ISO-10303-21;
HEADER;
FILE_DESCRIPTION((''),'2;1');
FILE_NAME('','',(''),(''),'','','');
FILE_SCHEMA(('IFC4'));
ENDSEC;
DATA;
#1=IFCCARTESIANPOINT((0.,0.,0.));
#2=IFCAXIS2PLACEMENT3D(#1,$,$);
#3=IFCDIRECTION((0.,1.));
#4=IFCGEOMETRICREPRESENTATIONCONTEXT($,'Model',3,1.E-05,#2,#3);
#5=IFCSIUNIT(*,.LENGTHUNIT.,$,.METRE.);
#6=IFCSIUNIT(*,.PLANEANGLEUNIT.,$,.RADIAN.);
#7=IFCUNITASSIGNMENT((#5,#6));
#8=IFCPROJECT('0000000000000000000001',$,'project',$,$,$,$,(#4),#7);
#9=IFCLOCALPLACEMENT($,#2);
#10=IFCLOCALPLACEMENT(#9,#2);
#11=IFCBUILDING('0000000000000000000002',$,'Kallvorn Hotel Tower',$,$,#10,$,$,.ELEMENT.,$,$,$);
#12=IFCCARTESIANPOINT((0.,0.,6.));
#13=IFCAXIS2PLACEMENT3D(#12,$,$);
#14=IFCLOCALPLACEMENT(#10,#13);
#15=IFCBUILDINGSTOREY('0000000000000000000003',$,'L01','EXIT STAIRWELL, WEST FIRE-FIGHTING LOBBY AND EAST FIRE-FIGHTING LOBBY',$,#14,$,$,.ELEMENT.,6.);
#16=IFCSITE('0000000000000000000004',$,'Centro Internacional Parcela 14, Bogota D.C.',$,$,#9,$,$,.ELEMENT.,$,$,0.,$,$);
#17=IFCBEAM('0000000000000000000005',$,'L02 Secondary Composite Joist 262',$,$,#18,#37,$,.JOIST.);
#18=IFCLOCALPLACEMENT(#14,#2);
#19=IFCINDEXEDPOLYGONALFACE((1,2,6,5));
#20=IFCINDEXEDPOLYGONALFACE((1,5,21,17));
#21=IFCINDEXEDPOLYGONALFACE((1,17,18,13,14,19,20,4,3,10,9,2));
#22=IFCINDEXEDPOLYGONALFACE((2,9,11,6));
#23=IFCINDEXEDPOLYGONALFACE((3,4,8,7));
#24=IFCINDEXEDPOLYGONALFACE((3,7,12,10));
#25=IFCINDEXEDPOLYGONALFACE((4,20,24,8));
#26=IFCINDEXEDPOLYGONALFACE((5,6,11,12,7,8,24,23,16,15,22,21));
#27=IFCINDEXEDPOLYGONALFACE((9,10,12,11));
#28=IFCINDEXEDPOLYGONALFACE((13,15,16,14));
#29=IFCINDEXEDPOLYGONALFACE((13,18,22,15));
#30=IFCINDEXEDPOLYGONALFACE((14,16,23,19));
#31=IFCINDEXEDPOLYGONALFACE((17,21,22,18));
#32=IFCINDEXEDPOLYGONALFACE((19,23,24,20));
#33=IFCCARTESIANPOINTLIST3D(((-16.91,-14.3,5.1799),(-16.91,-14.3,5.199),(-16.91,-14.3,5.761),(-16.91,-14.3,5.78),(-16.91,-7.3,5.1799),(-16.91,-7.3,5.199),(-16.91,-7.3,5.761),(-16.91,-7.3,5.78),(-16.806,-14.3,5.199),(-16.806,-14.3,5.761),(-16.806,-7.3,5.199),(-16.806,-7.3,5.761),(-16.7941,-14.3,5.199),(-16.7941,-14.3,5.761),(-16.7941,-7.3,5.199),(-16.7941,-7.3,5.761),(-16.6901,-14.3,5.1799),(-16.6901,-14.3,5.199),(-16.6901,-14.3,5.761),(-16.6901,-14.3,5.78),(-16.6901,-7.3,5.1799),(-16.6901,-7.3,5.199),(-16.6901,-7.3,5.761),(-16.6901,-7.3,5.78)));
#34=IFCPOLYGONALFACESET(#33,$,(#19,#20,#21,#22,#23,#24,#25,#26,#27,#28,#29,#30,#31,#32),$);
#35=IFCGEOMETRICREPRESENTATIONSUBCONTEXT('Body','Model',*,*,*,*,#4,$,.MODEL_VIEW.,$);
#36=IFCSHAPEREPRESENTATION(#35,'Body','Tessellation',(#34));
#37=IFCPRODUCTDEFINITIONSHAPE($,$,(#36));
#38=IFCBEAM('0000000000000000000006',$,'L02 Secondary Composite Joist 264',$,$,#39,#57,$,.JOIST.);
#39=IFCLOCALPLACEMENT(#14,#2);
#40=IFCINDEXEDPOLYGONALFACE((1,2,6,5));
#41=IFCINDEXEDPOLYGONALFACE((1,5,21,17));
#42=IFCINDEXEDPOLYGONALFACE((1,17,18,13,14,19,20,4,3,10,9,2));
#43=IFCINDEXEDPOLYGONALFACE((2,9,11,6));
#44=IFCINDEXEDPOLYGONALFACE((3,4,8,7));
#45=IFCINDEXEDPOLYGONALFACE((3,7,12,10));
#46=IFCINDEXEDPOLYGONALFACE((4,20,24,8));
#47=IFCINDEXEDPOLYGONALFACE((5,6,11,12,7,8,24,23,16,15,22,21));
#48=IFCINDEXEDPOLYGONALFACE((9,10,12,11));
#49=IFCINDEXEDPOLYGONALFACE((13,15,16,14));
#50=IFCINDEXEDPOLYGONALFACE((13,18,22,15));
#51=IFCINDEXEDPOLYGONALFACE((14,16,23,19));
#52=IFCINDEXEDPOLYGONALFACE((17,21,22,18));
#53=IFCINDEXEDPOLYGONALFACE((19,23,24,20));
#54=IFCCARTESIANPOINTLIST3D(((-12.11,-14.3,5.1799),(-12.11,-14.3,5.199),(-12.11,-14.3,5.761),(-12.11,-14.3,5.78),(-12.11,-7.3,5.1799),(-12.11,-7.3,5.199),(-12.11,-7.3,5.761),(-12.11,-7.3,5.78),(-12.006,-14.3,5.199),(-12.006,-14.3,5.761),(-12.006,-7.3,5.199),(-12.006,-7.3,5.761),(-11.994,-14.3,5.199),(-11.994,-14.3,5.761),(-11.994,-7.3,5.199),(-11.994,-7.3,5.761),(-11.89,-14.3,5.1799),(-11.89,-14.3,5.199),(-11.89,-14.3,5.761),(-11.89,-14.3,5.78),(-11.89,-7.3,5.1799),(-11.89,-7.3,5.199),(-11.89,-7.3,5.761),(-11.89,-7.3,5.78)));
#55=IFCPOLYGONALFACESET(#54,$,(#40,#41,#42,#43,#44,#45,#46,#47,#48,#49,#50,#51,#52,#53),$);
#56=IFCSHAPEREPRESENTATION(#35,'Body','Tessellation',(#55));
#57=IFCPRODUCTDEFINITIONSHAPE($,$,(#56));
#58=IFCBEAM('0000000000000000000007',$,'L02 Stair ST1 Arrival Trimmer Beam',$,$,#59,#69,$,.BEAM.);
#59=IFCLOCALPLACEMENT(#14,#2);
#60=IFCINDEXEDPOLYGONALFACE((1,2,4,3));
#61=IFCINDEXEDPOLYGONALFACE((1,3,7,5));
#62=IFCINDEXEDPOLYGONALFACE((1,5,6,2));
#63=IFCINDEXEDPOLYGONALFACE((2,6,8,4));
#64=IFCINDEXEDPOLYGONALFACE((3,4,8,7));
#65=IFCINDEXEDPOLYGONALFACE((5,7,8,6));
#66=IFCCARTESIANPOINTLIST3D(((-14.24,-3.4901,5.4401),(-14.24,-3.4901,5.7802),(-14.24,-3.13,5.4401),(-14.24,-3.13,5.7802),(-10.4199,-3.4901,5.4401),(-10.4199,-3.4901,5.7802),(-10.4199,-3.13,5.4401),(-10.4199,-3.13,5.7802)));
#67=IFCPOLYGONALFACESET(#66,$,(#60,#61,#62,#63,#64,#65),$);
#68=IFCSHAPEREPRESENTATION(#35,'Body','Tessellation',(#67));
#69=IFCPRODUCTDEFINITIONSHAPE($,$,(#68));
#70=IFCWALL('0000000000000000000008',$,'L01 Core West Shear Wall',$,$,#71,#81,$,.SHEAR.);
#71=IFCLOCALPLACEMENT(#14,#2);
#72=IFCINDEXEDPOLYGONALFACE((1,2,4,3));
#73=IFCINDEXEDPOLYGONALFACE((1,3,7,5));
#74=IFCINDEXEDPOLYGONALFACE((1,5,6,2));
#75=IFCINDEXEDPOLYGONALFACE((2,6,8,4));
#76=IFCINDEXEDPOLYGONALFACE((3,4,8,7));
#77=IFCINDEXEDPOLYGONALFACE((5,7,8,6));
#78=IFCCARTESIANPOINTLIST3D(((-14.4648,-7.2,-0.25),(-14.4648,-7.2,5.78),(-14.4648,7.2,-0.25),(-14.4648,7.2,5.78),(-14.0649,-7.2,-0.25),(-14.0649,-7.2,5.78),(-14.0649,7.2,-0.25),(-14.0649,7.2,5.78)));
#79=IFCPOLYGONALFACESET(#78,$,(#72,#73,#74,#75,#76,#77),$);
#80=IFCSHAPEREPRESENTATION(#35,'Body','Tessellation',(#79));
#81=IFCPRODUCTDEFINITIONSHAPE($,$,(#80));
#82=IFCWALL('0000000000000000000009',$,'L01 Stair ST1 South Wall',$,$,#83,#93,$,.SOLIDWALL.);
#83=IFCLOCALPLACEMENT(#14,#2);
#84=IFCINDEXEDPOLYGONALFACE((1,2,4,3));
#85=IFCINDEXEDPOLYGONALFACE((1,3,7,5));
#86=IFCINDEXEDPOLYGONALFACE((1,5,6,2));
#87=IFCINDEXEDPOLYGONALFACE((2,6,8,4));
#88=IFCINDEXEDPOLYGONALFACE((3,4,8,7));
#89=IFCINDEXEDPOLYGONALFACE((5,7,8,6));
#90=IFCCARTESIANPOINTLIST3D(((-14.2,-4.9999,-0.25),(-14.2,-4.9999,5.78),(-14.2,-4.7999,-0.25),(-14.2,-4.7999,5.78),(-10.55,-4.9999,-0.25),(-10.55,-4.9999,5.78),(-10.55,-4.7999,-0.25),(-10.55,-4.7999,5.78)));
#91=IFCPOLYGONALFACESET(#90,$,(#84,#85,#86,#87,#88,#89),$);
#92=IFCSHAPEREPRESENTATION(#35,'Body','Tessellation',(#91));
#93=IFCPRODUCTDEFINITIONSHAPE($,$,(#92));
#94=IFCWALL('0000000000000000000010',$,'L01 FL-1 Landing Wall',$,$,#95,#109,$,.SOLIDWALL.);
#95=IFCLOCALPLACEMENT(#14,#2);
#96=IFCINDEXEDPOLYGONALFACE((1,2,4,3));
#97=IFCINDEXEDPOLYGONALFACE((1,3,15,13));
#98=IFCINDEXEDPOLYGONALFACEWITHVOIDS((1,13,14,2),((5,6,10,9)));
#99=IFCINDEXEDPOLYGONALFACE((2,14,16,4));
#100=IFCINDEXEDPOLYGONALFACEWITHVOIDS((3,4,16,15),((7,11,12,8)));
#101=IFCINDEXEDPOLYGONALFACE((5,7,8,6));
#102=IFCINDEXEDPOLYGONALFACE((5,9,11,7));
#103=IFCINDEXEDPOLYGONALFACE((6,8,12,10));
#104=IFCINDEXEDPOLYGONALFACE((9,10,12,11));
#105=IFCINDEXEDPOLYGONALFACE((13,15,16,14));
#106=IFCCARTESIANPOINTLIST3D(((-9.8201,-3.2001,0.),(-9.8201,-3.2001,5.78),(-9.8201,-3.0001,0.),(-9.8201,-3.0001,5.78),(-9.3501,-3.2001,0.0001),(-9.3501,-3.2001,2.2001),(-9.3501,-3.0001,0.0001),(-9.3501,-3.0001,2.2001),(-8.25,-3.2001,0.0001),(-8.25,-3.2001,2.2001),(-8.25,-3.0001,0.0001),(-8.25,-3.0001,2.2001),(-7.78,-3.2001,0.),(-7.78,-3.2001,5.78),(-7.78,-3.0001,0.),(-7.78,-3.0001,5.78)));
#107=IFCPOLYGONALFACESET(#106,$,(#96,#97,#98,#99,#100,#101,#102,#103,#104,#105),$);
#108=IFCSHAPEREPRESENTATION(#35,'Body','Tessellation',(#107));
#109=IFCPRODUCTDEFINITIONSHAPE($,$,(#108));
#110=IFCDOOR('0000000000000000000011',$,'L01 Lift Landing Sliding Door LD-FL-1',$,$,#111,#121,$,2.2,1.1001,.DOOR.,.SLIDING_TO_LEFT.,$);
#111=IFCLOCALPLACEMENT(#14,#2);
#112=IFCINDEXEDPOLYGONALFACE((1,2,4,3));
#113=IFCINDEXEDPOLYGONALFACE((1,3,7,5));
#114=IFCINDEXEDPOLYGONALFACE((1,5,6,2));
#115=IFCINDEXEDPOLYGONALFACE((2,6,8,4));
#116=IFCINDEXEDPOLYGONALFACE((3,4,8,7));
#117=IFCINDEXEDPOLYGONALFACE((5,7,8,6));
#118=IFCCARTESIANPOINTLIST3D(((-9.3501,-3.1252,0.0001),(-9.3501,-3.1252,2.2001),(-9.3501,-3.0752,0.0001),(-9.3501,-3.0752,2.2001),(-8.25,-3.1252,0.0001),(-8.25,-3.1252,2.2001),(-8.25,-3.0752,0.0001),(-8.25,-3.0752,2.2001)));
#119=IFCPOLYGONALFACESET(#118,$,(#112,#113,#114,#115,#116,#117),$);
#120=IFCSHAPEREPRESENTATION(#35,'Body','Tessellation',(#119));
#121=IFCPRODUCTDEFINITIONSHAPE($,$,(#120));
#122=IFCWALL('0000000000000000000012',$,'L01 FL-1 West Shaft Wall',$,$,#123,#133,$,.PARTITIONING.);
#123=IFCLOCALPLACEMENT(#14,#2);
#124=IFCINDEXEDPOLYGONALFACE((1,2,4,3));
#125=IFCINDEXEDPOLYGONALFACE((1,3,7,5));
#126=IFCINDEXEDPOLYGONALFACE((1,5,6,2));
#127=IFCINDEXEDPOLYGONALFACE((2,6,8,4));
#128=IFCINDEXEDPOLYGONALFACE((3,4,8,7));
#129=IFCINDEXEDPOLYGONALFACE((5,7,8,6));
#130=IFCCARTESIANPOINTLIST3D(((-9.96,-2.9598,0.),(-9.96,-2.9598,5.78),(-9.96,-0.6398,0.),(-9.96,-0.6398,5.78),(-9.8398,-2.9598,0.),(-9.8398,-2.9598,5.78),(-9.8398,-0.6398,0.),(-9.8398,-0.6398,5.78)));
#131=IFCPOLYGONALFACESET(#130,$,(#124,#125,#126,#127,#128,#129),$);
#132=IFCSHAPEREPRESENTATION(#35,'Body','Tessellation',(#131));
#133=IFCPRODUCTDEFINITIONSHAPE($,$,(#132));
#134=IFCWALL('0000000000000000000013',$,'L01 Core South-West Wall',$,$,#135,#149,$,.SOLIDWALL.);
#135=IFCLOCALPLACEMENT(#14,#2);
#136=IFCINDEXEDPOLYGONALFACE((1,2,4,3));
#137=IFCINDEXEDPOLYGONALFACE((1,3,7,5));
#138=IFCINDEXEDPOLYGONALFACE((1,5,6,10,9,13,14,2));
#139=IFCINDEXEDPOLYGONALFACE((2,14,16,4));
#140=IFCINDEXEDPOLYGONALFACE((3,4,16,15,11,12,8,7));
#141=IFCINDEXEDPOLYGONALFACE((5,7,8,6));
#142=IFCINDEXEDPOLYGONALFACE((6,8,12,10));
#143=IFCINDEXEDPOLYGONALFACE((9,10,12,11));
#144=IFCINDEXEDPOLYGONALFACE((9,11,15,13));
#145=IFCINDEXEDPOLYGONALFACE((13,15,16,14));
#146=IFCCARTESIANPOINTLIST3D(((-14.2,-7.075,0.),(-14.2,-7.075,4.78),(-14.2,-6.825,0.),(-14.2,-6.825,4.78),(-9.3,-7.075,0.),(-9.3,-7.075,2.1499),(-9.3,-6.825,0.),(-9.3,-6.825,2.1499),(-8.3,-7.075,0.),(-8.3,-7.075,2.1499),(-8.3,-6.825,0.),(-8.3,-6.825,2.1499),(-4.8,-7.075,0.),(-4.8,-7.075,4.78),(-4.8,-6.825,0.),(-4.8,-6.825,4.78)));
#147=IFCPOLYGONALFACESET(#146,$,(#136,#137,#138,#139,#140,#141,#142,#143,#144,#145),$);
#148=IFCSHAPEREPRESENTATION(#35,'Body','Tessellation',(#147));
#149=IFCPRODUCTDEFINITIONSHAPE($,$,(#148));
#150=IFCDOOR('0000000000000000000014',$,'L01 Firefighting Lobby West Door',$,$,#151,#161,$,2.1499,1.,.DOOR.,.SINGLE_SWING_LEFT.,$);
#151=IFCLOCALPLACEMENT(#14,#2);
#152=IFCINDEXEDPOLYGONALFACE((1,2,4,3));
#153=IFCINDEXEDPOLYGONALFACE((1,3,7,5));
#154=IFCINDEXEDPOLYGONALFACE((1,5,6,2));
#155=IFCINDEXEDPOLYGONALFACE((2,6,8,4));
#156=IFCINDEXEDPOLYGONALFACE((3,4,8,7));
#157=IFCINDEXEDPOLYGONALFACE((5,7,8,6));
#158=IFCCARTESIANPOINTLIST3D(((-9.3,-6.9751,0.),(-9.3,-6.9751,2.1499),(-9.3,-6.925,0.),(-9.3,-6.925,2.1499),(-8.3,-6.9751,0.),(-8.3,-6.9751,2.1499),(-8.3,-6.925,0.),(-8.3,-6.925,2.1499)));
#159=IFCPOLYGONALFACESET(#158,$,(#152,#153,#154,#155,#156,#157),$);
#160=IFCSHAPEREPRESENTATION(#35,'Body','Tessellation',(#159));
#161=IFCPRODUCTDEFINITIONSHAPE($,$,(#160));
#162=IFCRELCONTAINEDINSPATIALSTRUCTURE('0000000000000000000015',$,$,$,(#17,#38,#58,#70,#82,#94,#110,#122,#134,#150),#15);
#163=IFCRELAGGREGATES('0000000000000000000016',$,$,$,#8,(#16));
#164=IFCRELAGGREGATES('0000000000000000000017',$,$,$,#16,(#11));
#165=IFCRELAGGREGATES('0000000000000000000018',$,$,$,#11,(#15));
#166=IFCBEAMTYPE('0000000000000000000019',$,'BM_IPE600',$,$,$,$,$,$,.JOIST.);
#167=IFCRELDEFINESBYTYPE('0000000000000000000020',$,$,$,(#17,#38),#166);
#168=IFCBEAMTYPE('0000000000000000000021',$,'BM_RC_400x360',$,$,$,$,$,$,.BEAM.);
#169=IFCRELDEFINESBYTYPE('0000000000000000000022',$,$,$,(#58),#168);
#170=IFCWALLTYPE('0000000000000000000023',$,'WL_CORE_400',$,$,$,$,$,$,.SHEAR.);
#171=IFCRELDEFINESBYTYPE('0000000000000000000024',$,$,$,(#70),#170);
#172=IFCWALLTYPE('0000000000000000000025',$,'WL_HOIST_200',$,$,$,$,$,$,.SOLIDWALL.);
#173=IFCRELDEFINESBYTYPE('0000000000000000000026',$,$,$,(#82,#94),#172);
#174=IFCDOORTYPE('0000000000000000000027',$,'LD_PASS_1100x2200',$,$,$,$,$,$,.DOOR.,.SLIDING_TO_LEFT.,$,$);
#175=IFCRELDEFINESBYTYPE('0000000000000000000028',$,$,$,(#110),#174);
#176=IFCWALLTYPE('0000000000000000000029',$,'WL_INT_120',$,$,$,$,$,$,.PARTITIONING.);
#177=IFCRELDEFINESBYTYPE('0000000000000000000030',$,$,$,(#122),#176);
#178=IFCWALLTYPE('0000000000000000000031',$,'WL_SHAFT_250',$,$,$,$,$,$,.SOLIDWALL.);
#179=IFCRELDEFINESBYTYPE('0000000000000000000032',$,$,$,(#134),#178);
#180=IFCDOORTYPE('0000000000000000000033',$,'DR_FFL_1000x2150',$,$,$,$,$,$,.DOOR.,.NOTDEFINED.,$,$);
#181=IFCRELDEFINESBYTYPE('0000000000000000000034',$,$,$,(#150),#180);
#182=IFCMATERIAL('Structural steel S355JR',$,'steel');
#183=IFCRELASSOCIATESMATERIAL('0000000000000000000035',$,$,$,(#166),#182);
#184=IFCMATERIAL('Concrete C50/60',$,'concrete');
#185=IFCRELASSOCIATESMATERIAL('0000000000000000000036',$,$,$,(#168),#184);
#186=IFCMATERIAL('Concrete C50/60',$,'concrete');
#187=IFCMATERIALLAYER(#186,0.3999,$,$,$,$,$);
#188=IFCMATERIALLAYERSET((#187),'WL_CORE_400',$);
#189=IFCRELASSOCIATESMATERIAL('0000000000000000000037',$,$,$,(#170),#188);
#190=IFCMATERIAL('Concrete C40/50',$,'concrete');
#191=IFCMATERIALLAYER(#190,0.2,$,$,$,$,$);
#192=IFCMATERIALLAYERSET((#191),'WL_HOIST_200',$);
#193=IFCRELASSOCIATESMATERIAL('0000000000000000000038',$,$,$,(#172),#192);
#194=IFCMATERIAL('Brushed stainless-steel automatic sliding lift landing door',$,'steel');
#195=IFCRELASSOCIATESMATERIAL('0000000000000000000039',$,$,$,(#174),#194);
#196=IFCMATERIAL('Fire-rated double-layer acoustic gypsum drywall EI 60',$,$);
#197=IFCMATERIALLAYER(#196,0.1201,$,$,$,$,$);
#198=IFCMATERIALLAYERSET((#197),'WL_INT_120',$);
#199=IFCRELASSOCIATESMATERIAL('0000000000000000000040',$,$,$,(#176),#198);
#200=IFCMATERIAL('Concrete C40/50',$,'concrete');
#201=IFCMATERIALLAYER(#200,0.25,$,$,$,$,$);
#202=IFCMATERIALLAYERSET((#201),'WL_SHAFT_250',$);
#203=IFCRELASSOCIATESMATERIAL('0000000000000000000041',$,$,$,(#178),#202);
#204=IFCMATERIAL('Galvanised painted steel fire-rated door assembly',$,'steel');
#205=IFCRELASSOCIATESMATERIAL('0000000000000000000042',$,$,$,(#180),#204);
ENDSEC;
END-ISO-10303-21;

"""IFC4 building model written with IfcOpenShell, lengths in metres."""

from ifc_helpers import new_model, si_unit, direction, frame, frame_2d, origin, origin_2d, place, context, subcontext, project, spatial, rectangle, i_section, extrude, material, layer, layer_set, material_profile, profile_set, type_object, element, fill, save


model = new_model("IFC4")

# Units and contexts
model_context = context("Model", 3, precision=1e-05, world=origin(), true_north=direction((0.0, 1.0)))
body_context = subcontext(model_context, "Body", "Model", "MODEL_VIEW")
ifc_project = project(units=[si_unit("LENGTHUNIT", "METRE"), si_unit("PLANEANGLEUNIT", "RADIAN")], contexts=[model_context])

# Site, building, storey
site_placement = place(None, origin())
site = spatial("IfcSite", under=ifc_project, at=site_placement, Name="Centro Internacional Parcela 14, Bogota D.C.", CompositionType="ELEMENT", RefElevation=0.0)
building_placement = place(site_placement, origin())
building = spatial("IfcBuilding", under=site, at=building_placement, Name="Kallvorn Hotel Tower", CompositionType="ELEMENT")
storey_placement = place(building_placement, frame((0.0, 0.0, 6.0)))
storey = spatial("IfcBuildingStorey", under=building, at=storey_placement, Name="L01", Description="EXIT STAIRWELL, WEST FIRE-FIGHTING LOBBY AND EAST FIRE-FIGHTING LOBBY", CompositionType="ELEMENT", Elevation=6.0)

# Beams
ifc_material_1 = material(Name="Structural steel S355JR", Category="steel")
ifc_material_profile_1 = material_profile(ifc_material_1, i_section(OverallWidth=0.22, OverallDepth=0.6001, WebThickness=0.012, FlangeThickness=0.019, at=origin_2d()), Name="IPE 600")
ifc_profile_set_1 = profile_set([ifc_material_profile_1], Name="Structural steel S355JR")
beam_type_1 = type_object("IfcBeamType", Name="BM_IPE600", PredefinedType="JOIST", material=ifc_profile_set_1)
for number, where, z_axis, x_axis, name in (
    (1, (-16.8, -14.3, 5.48), (0.0, 1.0, 0.0), (-1.0, 0.0, 0.0), "L02 Secondary Composite Joist 262"),
    (2, (-12.0, -14.3, 5.48), (0.0, 1.0, 0.0), (-1.0, 0.0, 0.0), "L02 Secondary Composite Joist 264"),
):
    element("IfcBeam", number, at=place(storey_placement, frame(where, z_axis=z_axis, x_axis=x_axis)), inside=storey, type_object=beam_type_1, Name=name, PredefinedType="JOIST", context=body_context, shape_type="SweptSolid", body=[
        extrude(i_section(OverallWidth=0.22, OverallDepth=0.6001, WebThickness=0.012, FlangeThickness=0.019, at=origin_2d()), origin(), (0.0, 0.0, 1.0), 7.0),
    ])
ifc_material_2 = material(Name="Concrete C50/60", Category="concrete")
ifc_material_profile_2 = material_profile(ifc_material_2, rectangle(XDim=0.3601, YDim=0.3401, at=origin_2d()), Name="RC 360x340")
ifc_profile_set_2 = profile_set([ifc_material_profile_2], Name="Concrete C50/60")
beam_type_2 = type_object("IfcBeamType", Name="BM_RC_400x360", PredefinedType="BEAM", material=ifc_profile_set_2)
beam_1_placement = place(storey_placement, frame((-10.4199, -3.3101, 5.6101), z_axis=(-1.0, 0.0, 0.0), x_axis=(0.0, -1.0, 0.0)))
element("IfcBeam", 3, at=beam_1_placement, inside=storey, type_object=beam_type_2, Name="L02 Stair ST1 Arrival Trimmer Beam", PredefinedType="BEAM", context=body_context, shape_type="SweptSolid", body=[
    extrude(rectangle(XDim=0.3601, YDim=0.3401, at=origin_2d()), origin(), (0.0, 0.0, 1.0), 3.8201),
])

# Walls
ifc_material_3 = material(Name="Concrete C50/60", Category="concrete")
ifc_layer_1 = layer(ifc_material_3, 0.3999)
ifc_layer_set_1 = layer_set([ifc_layer_1], Name="WL_CORE_400")
wall_type_1 = type_object("IfcWallType", Name="WL_CORE_400", PredefinedType="SHEAR", material=ifc_layer_set_1)
wall_1_placement = place(storey_placement, frame((-14.2649, -7.2, -0.25), z_axis=(0.0, 0.0, 1.0), x_axis=(0.0, 1.0, 0.0)))
element("IfcWall", 4, at=wall_1_placement, inside=storey, type_object=wall_type_1, Name="L01 Core West Shear Wall", PredefinedType="SHEAR", context=body_context, shape_type="SweptSolid", body=[
    extrude(rectangle(XDim=14.3999, YDim=0.3999, at=frame_2d((7.2, 0.0))), origin(), (0.0, 0.0, 1.0), 6.03),
])
ifc_material_4 = material(Name="Concrete C40/50", Category="concrete")
ifc_layer_2 = layer(ifc_material_4, 0.2)
ifc_layer_set_2 = layer_set([ifc_layer_2], Name="WL_HOIST_200")
wall_type_2 = type_object("IfcWallType", Name="WL_HOIST_200", PredefinedType="SOLIDWALL", material=ifc_layer_set_2)
wall_2_placement = place(storey_placement, frame((-14.2, -4.8999, -0.25), z_axis=(0.0, 0.0, 1.0), x_axis=(1.0, 0.0, 0.0)))
element("IfcWall", 5, at=wall_2_placement, inside=storey, type_object=wall_type_2, Name="L01 Stair ST1 South Wall", PredefinedType="SOLIDWALL", context=body_context, shape_type="SweptSolid", body=[
    extrude(rectangle(XDim=3.6499, YDim=0.2, at=frame_2d((1.825, 0.0))), origin(), (0.0, 0.0, 1.0), 6.03),
])

# Wall, opening, door
wall_3_placement = place(storey_placement, frame((-9.8201, -3.1001, 0.0), z_axis=(0.0, 0.0, 1.0), x_axis=(1.0, 0.0, 0.0)))
wall_3 = element("IfcWall", 6, at=wall_3_placement, inside=storey, type_object=wall_type_2, Name="L01 FL-1 Landing Wall", PredefinedType="SOLIDWALL", context=body_context, shape_type="SweptSolid", body=[
    extrude(rectangle(XDim=2.04, YDim=0.2, at=frame_2d((1.02, 0.0))), origin(), (0.0, 0.0, 1.0), 5.78),
])
opening_1_placement = place(wall_3_placement, frame((0.47, 0.0, 0.0)))
opening_1 = element("IfcOpeningElement", 7, at=opening_1_placement, cuts=wall_3, PredefinedType="OPENING", context=body_context, shape_type="SweptSolid", body=[
    extrude(rectangle(XDim=1.1001, YDim=2.2, at=frame_2d((0.55, 1.1001))), frame((0.0, 0.115, 0.0), z_axis=(0.0, -1.0, 0.0), x_axis=(1.0, 0.0, 0.0)), (0.0, 0.0, 1.0), 0.23),
])
ifc_material_5 = material(Name="Brushed stainless-steel automatic sliding lift landing door", Category="steel")
door_type_1 = type_object("IfcDoorType", Name="LD_PASS_1100x2200", OperationType="SLIDING_TO_LEFT", PredefinedType="DOOR", material=ifc_material_5)
door_1_placement = place(opening_1_placement, origin())
door_1 = element("IfcDoor", 8, at=door_1_placement, inside=storey, type_object=door_type_1, Name="L01 Lift Landing Sliding Door LD-FL-1", OperationType="SLIDING_TO_LEFT", OverallHeight=2.2, OverallWidth=1.1001, PredefinedType="DOOR", context=body_context, shape_type="SweptSolid", body=[
    extrude(rectangle(XDim=1.1001, YDim=2.2, at=frame_2d((0.55, 1.1001))), frame((0.0, 0.0249, 0.0), z_axis=(0.0, -1.0, 0.0), x_axis=(1.0, 0.0, 0.0)), (0.0, 0.0, 1.0), 0.05),
])
fill(opening_1, door_1)

# Wall
ifc_material_6 = material(Name="Fire-rated double-layer acoustic gypsum drywall EI 60")
ifc_layer_3 = layer(ifc_material_6, 0.1201)
ifc_layer_set_3 = layer_set([ifc_layer_3], Name="WL_INT_120")
wall_type_3 = type_object("IfcWallType", Name="WL_INT_120", PredefinedType="PARTITIONING", material=ifc_layer_set_3)
wall_4_placement = place(storey_placement, frame((-9.8999, -2.96, 0.0), z_axis=(0.0, 0.0, 1.0), x_axis=(0.0, 1.0, 0.0)))
element("IfcWall", 9, at=wall_4_placement, inside=storey, type_object=wall_type_3, Name="L01 FL-1 West Shaft Wall", PredefinedType="PARTITIONING", context=body_context, shape_type="SweptSolid", body=[
    extrude(rectangle(XDim=2.3201, YDim=0.1201, at=frame_2d((1.1602, 0.0))), origin(), (0.0, 0.0, 1.0), 5.78),
])

# Wall, opening, door
ifc_material_7 = material(Name="Concrete C40/50", Category="concrete")
ifc_layer_4 = layer(ifc_material_7, 0.25)
ifc_layer_set_4 = layer_set([ifc_layer_4], Name="WL_SHAFT_250")
wall_type_4 = type_object("IfcWallType", Name="WL_SHAFT_250", PredefinedType="SOLIDWALL", material=ifc_layer_set_4)
wall_5_placement = place(storey_placement, frame((-14.2, -6.95, 0.0), z_axis=(0.0, 0.0, 1.0), x_axis=(1.0, 0.0, 0.0)))
wall_5 = element("IfcWall", 10, at=wall_5_placement, inside=storey, type_object=wall_type_4, Name="L01 Core South-West Wall", PredefinedType="SOLIDWALL", context=body_context, shape_type="SweptSolid", body=[
    extrude(rectangle(XDim=9.3999, YDim=0.25, at=frame_2d((4.7, 0.0))), origin(), (0.0, 0.0, 1.0), 4.78),
])
opening_2_placement = place(wall_5_placement, frame((4.8999, 0.0, 0.0)))
opening_2 = element("IfcOpeningElement", 11, at=opening_2_placement, cuts=wall_5, PredefinedType="OPENING", context=body_context, shape_type="SweptSolid", body=[
    extrude(rectangle(XDim=1.0, YDim=2.1499, at=frame_2d((0.5, 1.075))), frame((0.0, 0.1399, 0.0), z_axis=(0.0, -1.0, 0.0), x_axis=(1.0, 0.0, 0.0)), (0.0, 0.0, 1.0), 0.28),
])
ifc_material_8 = material(Name="Galvanised painted steel fire-rated door assembly", Category="steel")
door_type_2 = type_object("IfcDoorType", Name="DR_FFL_1000x2150", OperationType="NOTDEFINED", PredefinedType="DOOR", material=ifc_material_8)
door_2_placement = place(opening_2_placement, origin())
door_2 = element("IfcDoor", 12, at=door_2_placement, inside=storey, type_object=door_type_2, Name="L01 Firefighting Lobby West Door", OperationType="SINGLE_SWING_LEFT", OverallHeight=2.1499, OverallWidth=1.0, PredefinedType="DOOR", context=body_context, shape_type="SweptSolid", body=[
    extrude(rectangle(XDim=1.0, YDim=2.1499, at=frame_2d((0.5, 1.075))), frame((0.0, 0.0249, 0.0), z_axis=(0.0, -1.0, 0.0), x_axis=(1.0, 0.0, 0.0)), (0.0, 0.0, 1.0), 0.05),
])
fill(opening_2, door_2)

save(model, "model.ifc")
